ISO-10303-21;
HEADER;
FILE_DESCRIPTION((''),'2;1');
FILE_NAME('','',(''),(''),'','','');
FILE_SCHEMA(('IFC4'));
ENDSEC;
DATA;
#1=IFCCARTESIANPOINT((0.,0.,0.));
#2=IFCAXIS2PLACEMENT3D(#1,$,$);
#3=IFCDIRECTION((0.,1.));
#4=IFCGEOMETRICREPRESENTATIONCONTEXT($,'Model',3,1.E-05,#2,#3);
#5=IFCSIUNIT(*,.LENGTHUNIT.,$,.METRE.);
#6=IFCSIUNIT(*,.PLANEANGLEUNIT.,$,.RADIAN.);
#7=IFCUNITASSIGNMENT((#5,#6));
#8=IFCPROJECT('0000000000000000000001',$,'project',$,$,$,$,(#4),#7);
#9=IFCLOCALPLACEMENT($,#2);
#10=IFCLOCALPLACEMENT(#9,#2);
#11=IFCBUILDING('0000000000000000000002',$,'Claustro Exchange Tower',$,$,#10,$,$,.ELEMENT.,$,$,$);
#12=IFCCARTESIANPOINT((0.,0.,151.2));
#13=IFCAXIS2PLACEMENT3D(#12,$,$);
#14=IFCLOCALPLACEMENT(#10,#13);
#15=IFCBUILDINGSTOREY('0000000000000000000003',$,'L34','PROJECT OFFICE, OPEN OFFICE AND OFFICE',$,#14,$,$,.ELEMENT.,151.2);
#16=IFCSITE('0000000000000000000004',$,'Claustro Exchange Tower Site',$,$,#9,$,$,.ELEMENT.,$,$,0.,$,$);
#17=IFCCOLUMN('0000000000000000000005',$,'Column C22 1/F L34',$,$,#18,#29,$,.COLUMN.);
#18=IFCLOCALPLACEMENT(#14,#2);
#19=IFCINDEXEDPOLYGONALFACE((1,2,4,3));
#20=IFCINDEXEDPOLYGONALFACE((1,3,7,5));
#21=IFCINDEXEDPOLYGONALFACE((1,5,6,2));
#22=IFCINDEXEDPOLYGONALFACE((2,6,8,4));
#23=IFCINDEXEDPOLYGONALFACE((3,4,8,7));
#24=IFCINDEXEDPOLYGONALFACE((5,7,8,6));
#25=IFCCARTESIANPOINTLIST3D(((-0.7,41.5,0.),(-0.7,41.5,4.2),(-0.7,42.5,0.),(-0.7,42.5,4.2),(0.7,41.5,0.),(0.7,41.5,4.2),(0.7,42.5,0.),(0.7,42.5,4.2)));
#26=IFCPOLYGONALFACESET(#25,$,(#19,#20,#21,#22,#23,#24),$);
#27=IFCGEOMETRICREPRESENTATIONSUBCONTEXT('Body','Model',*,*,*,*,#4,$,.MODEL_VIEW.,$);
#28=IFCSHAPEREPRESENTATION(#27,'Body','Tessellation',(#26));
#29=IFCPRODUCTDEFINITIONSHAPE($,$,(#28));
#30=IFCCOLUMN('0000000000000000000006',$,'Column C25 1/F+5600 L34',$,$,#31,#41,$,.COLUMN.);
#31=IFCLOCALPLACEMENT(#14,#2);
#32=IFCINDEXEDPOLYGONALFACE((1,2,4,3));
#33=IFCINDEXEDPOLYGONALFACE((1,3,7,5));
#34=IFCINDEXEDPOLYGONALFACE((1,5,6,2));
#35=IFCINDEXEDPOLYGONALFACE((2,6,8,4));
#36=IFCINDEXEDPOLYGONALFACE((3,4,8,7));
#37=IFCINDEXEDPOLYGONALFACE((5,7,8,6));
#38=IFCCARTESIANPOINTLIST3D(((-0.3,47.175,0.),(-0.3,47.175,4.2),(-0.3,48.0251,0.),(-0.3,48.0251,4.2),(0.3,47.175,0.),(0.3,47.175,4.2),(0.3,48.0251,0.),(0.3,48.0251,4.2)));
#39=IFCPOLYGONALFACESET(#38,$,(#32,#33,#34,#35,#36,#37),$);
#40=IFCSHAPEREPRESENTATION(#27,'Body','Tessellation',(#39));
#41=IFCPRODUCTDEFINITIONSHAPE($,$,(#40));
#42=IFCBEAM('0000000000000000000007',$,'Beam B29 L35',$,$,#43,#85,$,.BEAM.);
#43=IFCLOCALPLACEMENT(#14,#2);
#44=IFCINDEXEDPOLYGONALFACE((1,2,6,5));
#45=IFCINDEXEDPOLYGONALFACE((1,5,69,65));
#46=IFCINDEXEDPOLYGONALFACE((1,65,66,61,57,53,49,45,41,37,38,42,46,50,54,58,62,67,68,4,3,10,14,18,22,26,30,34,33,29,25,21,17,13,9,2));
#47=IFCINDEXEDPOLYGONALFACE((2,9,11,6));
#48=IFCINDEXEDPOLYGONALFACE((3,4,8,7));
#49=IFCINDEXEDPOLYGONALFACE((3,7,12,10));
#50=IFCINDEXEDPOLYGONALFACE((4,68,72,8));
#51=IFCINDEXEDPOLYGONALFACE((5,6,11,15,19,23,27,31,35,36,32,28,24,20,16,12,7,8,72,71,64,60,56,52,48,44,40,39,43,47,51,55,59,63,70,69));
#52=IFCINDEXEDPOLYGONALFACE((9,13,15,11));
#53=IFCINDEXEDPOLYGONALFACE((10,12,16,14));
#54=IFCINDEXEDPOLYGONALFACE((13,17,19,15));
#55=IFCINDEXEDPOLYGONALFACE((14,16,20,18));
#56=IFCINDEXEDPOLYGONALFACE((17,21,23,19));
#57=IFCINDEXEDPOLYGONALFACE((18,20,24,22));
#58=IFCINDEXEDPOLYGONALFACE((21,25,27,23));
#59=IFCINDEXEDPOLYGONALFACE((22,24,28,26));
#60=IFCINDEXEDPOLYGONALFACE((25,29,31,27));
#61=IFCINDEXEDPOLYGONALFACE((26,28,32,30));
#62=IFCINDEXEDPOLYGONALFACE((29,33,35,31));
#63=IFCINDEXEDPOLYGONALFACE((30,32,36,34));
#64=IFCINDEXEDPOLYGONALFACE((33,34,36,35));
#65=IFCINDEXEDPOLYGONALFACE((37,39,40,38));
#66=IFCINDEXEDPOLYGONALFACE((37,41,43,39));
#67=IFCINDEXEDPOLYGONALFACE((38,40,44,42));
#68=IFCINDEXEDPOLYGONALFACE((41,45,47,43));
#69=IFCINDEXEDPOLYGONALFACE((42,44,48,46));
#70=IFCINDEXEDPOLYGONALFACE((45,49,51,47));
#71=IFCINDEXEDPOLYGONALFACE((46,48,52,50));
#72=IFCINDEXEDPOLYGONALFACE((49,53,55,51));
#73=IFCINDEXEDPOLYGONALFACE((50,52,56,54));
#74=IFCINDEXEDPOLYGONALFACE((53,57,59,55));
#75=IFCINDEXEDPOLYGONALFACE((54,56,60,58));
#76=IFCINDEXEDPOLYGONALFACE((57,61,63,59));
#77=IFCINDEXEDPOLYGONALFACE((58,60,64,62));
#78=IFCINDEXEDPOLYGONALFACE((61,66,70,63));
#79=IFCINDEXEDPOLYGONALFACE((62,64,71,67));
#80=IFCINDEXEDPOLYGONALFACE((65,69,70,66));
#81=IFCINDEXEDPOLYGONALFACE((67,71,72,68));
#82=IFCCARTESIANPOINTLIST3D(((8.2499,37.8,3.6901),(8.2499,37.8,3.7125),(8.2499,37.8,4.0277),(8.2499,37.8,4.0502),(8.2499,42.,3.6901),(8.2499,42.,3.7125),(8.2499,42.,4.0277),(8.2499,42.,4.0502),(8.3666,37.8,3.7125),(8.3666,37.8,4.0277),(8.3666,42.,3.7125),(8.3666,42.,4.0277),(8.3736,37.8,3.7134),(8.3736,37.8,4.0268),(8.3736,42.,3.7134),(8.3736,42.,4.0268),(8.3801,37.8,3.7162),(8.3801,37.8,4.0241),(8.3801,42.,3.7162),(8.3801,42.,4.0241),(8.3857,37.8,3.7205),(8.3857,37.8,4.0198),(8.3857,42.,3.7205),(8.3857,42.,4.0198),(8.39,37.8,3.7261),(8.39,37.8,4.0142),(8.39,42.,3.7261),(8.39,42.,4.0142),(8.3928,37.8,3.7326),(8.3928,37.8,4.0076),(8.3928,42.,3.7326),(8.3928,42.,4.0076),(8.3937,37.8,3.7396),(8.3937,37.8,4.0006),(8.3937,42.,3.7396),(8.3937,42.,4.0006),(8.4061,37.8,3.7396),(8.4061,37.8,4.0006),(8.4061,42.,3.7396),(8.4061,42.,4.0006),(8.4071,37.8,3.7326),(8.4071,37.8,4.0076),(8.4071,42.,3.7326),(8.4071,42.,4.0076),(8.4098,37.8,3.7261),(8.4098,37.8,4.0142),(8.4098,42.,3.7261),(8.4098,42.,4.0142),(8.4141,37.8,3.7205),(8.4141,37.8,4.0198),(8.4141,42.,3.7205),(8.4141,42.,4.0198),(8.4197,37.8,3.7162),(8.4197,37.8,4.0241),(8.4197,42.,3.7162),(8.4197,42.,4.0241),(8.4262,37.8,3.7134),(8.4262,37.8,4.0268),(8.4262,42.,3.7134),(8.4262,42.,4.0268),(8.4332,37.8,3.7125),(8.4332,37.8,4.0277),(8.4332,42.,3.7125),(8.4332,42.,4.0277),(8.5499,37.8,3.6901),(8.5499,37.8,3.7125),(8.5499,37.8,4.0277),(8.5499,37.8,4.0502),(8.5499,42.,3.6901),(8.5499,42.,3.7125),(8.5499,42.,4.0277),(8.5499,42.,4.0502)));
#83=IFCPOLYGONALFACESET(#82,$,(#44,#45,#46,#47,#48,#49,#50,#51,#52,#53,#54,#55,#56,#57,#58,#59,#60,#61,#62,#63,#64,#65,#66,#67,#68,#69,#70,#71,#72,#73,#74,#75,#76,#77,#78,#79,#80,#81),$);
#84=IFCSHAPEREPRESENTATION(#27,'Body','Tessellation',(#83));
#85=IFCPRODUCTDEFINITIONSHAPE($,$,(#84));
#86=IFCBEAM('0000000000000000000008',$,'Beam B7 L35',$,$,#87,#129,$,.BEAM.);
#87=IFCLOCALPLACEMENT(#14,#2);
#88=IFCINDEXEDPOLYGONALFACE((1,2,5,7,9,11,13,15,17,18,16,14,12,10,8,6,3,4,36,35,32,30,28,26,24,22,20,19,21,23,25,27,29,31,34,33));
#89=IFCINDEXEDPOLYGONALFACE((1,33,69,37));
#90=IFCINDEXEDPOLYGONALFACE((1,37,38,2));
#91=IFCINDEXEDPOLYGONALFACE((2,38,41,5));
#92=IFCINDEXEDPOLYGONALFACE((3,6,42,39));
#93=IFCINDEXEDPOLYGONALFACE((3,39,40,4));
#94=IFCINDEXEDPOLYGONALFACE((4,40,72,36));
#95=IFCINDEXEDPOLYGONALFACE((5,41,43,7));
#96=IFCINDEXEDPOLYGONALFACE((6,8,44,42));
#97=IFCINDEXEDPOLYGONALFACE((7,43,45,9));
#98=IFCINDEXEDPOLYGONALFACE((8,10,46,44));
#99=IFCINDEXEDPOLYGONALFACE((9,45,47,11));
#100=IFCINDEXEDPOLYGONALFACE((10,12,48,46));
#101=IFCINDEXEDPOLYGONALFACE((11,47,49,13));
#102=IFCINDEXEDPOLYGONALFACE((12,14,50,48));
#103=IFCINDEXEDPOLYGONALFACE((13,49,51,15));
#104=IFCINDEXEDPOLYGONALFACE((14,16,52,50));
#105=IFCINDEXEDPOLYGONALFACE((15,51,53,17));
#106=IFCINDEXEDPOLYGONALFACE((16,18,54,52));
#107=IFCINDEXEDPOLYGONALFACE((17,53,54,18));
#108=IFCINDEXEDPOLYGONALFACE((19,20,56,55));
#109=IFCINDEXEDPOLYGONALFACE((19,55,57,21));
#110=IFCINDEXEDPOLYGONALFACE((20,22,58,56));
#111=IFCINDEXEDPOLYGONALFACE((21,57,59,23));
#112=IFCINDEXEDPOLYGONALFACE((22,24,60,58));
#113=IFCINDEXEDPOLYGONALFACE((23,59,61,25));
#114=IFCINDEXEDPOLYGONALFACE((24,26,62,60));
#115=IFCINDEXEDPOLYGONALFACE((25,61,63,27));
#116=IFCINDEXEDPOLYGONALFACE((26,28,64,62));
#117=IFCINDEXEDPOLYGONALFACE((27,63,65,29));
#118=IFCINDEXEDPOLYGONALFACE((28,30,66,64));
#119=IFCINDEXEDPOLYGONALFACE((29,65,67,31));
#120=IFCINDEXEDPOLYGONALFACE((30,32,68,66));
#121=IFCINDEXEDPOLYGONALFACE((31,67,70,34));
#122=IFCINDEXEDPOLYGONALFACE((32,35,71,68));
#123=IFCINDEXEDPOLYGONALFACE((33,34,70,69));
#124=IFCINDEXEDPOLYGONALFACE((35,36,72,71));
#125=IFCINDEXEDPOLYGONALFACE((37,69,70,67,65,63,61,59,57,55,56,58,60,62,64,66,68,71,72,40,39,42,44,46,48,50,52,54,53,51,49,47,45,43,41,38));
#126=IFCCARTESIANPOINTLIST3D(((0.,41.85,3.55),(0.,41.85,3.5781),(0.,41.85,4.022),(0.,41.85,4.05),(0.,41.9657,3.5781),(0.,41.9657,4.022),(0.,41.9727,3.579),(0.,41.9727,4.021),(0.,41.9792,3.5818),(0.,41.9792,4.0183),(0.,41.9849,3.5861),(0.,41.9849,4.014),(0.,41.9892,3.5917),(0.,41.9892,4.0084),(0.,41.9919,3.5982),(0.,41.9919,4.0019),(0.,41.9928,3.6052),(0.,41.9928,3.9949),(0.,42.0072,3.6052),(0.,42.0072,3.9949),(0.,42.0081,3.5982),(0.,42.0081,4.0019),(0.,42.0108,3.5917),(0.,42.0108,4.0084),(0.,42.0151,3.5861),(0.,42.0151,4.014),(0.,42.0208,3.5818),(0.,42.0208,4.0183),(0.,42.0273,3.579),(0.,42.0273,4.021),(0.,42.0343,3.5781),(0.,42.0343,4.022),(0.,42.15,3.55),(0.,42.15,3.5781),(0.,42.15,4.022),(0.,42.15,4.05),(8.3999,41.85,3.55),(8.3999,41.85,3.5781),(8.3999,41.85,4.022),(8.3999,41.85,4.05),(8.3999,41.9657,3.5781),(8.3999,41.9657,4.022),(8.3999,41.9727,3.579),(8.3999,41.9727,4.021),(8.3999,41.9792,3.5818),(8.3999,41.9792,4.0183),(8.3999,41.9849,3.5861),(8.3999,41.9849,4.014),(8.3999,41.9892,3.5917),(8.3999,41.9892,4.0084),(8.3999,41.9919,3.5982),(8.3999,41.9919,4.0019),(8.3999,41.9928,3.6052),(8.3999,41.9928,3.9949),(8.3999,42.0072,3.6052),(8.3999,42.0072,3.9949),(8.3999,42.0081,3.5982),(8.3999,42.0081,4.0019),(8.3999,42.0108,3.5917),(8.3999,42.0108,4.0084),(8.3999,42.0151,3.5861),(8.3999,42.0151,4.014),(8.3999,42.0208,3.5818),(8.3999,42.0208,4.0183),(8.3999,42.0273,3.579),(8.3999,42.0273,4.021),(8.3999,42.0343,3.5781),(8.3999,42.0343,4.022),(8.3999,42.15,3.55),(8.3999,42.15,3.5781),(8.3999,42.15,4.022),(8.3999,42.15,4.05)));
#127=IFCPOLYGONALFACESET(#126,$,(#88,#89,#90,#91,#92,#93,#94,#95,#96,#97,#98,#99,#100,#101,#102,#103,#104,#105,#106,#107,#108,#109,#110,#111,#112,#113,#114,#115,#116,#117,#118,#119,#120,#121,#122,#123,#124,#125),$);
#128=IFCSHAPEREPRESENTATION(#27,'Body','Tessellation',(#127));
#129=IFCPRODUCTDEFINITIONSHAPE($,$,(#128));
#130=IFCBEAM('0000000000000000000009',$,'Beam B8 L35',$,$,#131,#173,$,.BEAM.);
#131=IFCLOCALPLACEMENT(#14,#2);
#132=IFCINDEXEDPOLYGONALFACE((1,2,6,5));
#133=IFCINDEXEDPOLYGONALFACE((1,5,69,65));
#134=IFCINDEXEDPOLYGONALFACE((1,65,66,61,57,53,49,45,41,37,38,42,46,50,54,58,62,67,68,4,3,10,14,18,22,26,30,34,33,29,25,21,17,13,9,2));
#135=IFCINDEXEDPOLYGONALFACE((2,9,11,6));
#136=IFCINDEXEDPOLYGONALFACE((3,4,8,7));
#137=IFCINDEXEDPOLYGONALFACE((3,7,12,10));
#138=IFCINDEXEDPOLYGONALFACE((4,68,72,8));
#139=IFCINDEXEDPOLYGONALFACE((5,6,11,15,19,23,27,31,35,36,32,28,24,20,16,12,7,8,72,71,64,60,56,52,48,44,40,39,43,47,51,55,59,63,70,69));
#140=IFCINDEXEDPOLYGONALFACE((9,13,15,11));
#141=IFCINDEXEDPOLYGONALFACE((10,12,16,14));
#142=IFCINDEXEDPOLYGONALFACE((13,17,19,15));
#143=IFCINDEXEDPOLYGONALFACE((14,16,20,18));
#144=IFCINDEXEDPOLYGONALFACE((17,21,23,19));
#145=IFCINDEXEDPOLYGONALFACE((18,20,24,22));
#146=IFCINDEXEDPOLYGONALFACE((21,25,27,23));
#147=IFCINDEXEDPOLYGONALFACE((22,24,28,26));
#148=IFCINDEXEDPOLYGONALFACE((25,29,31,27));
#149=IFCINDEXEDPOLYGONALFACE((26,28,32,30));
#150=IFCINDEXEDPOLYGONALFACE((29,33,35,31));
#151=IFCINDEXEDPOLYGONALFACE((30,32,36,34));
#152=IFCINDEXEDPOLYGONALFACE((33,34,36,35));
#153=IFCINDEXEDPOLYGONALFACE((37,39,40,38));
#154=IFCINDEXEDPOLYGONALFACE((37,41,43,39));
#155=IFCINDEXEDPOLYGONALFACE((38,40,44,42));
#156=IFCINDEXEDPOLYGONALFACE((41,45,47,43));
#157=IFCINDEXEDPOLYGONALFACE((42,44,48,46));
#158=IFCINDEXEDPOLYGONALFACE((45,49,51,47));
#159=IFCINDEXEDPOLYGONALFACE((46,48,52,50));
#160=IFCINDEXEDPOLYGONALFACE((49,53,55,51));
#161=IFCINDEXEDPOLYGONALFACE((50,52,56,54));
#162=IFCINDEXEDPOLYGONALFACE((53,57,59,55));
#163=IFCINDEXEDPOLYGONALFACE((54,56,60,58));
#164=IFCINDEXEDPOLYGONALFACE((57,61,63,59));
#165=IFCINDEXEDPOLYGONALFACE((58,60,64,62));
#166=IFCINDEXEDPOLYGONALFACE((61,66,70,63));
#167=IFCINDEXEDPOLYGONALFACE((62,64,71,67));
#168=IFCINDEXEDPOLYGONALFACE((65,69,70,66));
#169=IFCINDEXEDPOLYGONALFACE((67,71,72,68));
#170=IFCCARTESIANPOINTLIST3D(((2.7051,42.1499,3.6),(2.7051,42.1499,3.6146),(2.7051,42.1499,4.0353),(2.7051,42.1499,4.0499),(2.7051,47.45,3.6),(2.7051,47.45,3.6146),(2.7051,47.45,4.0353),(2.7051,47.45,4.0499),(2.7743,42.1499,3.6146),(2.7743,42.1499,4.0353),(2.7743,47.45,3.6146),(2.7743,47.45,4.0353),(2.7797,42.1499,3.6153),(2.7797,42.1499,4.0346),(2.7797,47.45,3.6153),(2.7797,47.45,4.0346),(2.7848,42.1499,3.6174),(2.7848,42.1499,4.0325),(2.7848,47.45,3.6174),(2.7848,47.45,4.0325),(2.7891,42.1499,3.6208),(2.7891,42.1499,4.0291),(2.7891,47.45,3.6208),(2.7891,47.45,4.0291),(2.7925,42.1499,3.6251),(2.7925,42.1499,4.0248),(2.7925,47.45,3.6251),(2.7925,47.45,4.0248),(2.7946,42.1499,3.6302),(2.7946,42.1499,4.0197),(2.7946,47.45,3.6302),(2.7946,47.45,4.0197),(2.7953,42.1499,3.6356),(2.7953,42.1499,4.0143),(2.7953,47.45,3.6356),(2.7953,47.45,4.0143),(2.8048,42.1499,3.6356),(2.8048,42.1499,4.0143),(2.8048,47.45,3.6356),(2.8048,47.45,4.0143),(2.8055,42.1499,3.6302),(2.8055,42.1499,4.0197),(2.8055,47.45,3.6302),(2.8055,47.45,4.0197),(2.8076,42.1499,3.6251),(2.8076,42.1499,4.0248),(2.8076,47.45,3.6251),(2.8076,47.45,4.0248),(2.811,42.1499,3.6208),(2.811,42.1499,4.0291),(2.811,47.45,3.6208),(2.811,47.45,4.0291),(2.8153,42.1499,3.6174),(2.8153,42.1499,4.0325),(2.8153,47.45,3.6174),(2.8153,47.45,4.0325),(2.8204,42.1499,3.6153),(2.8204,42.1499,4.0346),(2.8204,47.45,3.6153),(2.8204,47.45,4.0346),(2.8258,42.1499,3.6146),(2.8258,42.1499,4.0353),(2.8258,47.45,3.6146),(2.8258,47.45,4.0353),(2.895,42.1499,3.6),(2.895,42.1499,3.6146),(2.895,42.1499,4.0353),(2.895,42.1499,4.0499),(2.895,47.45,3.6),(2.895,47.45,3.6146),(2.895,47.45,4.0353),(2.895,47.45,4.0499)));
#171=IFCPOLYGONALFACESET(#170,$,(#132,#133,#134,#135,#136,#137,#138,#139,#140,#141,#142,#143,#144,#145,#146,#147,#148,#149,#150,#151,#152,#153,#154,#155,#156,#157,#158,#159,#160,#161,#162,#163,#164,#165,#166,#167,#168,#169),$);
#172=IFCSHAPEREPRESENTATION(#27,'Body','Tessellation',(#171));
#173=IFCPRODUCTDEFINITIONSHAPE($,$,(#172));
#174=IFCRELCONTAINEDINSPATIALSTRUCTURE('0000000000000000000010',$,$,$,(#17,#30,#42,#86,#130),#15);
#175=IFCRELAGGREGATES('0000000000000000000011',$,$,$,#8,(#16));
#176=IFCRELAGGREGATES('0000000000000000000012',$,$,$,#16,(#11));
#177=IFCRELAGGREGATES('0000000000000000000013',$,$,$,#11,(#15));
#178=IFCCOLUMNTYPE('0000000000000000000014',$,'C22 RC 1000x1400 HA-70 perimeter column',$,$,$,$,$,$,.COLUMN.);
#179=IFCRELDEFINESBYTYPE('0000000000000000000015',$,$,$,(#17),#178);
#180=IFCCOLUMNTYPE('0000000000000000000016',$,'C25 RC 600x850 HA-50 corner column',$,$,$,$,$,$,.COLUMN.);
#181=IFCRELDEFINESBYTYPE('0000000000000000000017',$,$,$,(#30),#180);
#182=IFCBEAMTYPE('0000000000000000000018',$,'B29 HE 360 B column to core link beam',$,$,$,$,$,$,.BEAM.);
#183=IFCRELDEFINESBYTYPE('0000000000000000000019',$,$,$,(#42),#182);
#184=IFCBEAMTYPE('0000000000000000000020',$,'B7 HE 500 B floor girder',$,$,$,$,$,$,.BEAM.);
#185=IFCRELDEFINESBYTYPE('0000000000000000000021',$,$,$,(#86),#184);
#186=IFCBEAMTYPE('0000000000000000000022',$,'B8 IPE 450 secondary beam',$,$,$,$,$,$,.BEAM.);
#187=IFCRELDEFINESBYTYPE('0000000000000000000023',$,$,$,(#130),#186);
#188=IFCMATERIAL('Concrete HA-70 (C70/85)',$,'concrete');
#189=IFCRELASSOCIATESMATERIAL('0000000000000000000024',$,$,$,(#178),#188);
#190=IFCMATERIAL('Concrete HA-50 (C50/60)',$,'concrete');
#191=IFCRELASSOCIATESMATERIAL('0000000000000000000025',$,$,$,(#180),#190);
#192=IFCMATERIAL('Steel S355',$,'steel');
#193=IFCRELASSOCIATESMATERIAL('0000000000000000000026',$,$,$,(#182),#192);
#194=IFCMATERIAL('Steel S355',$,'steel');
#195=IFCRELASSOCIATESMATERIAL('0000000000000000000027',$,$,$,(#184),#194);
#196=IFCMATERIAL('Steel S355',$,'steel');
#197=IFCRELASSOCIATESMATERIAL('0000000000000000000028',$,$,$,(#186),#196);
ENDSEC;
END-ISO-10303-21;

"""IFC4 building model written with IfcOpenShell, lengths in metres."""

from ifc_helpers import new_model, si_unit, direction, frame, origin, origin_2d, place, context, subcontext, project, spatial, rectangle, i_section, extrude, material, material_profile, profile_set, type_object, element, save


model = new_model("IFC4")

# Units and contexts
model_context = context("Model", 3, precision=1e-05, world=origin(), true_north=direction((0.0, 1.0)))
body_context = subcontext(model_context, "Body", "Model", "MODEL_VIEW")
ifc_project = project(units=[si_unit("LENGTHUNIT", "METRE"), si_unit("PLANEANGLEUNIT", "RADIAN")], contexts=[model_context])

# Site, building, storey
site_placement = place(None, origin())
site = spatial("IfcSite", under=ifc_project, at=site_placement, Name="Claustro Exchange Tower Site", CompositionType="ELEMENT", RefElevation=0.0)
building_placement = place(site_placement, origin())
building = spatial("IfcBuilding", under=site, at=building_placement, Name="Claustro Exchange Tower", CompositionType="ELEMENT")
storey_placement = place(building_placement, frame((0.0, 0.0, 151.2)))
storey = spatial("IfcBuildingStorey", under=building, at=storey_placement, Name="L34", Description="PROJECT OFFICE, OPEN OFFICE AND OFFICE", CompositionType="ELEMENT", Elevation=151.2)

# Columns
ifc_material_1 = material(Name="Concrete HA-70 (C70/85)", Category="concrete")
ifc_material_profile_1 = material_profile(ifc_material_1, rectangle(XDim=1.0, YDim=1.3999, at=origin_2d()), Name="RC 1000x1400")
ifc_profile_set_1 = profile_set([ifc_material_profile_1], Name="Concrete HA-70 (C70/85)")
column_type_1 = type_object("IfcColumnType", Name="C22 RC 1000x1400 HA-70 perimeter column", PredefinedType="COLUMN", material=ifc_profile_set_1)
column_1_placement = place(storey_placement, frame((0.0, 42.0, 0.0), z_axis=(0.0, 0.0, 1.0), x_axis=(0.0, 1.0, 0.0)))
element("IfcColumn", 1, at=column_1_placement, inside=storey, type_object=column_type_1, Name="Column C22 1/F L34", PredefinedType="COLUMN", context=body_context, shape_type="SweptSolid", body=[
    extrude(rectangle(XDim=1.0, YDim=1.3999, at=origin_2d()), origin(), (0.0, 0.0, 1.0), 4.2),
])
ifc_material_2 = material(Name="Concrete HA-50 (C50/60)", Category="concrete")
ifc_material_profile_2 = material_profile(ifc_material_2, rectangle(XDim=0.6001, YDim=0.8501, at=origin_2d()), Name="RC 600x850")
ifc_profile_set_2 = profile_set([ifc_material_profile_2], Name="Concrete HA-50 (C50/60)")
column_type_2 = type_object("IfcColumnType", Name="C25 RC 600x850 HA-50 corner column", PredefinedType="COLUMN", material=ifc_profile_set_2)
column_2_placement = place(storey_placement, frame((0.0, 47.6001, 0.0), z_axis=(0.0, 0.0, 1.0), x_axis=(1.0, 0.0, 0.0)))
element("IfcColumn", 2, at=column_2_placement, inside=storey, type_object=column_type_2, Name="Column C25 1/F+5600 L34", PredefinedType="COLUMN", context=body_context, shape_type="SweptSolid", body=[
    extrude(rectangle(XDim=0.6001, YDim=0.8501, at=origin_2d()), origin(), (0.0, 0.0, 1.0), 4.2),
])

# Beams
ifc_material_3 = material(Name="Steel S355", Category="steel")
ifc_material_profile_3 = material_profile(ifc_material_3, i_section(OverallWidth=0.3, OverallDepth=0.3601, WebThickness=0.0125, FlangeThickness=0.0225, FilletRadius=0.0271, at=origin_2d()), Name="HE 360 B")
ifc_profile_set_3 = profile_set([ifc_material_profile_3], Name="Steel S355")
beam_type_1 = type_object("IfcBeamType", Name="B29 HE 360 B column to core link beam", PredefinedType="BEAM", material=ifc_profile_set_3)
beam_1_placement = place(storey_placement, frame((8.3999, 37.8, 3.8701), z_axis=(0.0, 1.0, 0.0), x_axis=(-1.0, 0.0, 0.0)))
element("IfcBeam", 3, at=beam_1_placement, inside=storey, type_object=beam_type_1, Name="Beam B29 L35", PredefinedType="BEAM", context=body_context, shape_type="SweptSolid", body=[
    extrude(i_section(OverallWidth=0.3, OverallDepth=0.3601, WebThickness=0.0125, FlangeThickness=0.0225, FilletRadius=0.0271, at=origin_2d()), origin(), (0.0, 0.0, 1.0), 4.2),
])
ifc_material_4 = material(Name="Steel S355", Category="steel")
ifc_material_profile_4 = material_profile(ifc_material_4, i_section(OverallWidth=0.3, OverallDepth=0.5, WebThickness=0.0144, FlangeThickness=0.0281, FilletRadius=0.0271, at=origin_2d()), Name="HE 500 B")
ifc_profile_set_4 = profile_set([ifc_material_profile_4], Name="Steel S355")
beam_type_2 = type_object("IfcBeamType", Name="B7 HE 500 B floor girder", PredefinedType="BEAM", material=ifc_profile_set_4)
beam_2_placement = place(storey_placement, frame((0.0, 42.0, 3.8), z_axis=(1.0, 0.0, 0.0), x_axis=(0.0, 1.0, 0.0)))
element("IfcBeam", 4, at=beam_2_placement, inside=storey, type_object=beam_type_2, Name="Beam B7 L35", PredefinedType="BEAM", context=body_context, shape_type="SweptSolid", body=[
    extrude(i_section(OverallWidth=0.3, OverallDepth=0.5, WebThickness=0.0144, FlangeThickness=0.0281, FilletRadius=0.0271, at=origin_2d()), origin(), (0.0, 0.0, 1.0), 8.3999),
])
ifc_material_5 = material(Name="Steel S355", Category="steel")
ifc_material_profile_5 = material_profile(ifc_material_5, i_section(OverallWidth=0.1899, OverallDepth=0.45, WebThickness=0.0095, FlangeThickness=0.0146, FilletRadius=0.021, at=origin_2d()), Name="IPE 450")
ifc_profile_set_5 = profile_set([ifc_material_profile_5], Name="Steel S355")
beam_type_3 = type_object("IfcBeamType", Name="B8 IPE 450 secondary beam", PredefinedType="BEAM", material=ifc_profile_set_5)
for number, where, z_axis, x_axis, name in (
    (5, (2.8, 42.1499, 3.825), (0.0, 1.0, 0.0), (-1.0, 0.0, 0.0), "Beam B8 L35"),
):
    element("IfcBeam", number, at=place(storey_placement, frame(where, z_axis=z_axis, x_axis=x_axis)), inside=storey, type_object=beam_type_3, Name=name, PredefinedType="BEAM", context=body_context, shape_type="SweptSolid", body=[
        extrude(i_section(OverallWidth=0.1899, OverallDepth=0.45, WebThickness=0.0095, FlangeThickness=0.0146, FilletRadius=0.021, at=origin_2d()), origin(), (0.0, 0.0, 1.0), 5.3),
    ])

save(model, "model.ifc")
